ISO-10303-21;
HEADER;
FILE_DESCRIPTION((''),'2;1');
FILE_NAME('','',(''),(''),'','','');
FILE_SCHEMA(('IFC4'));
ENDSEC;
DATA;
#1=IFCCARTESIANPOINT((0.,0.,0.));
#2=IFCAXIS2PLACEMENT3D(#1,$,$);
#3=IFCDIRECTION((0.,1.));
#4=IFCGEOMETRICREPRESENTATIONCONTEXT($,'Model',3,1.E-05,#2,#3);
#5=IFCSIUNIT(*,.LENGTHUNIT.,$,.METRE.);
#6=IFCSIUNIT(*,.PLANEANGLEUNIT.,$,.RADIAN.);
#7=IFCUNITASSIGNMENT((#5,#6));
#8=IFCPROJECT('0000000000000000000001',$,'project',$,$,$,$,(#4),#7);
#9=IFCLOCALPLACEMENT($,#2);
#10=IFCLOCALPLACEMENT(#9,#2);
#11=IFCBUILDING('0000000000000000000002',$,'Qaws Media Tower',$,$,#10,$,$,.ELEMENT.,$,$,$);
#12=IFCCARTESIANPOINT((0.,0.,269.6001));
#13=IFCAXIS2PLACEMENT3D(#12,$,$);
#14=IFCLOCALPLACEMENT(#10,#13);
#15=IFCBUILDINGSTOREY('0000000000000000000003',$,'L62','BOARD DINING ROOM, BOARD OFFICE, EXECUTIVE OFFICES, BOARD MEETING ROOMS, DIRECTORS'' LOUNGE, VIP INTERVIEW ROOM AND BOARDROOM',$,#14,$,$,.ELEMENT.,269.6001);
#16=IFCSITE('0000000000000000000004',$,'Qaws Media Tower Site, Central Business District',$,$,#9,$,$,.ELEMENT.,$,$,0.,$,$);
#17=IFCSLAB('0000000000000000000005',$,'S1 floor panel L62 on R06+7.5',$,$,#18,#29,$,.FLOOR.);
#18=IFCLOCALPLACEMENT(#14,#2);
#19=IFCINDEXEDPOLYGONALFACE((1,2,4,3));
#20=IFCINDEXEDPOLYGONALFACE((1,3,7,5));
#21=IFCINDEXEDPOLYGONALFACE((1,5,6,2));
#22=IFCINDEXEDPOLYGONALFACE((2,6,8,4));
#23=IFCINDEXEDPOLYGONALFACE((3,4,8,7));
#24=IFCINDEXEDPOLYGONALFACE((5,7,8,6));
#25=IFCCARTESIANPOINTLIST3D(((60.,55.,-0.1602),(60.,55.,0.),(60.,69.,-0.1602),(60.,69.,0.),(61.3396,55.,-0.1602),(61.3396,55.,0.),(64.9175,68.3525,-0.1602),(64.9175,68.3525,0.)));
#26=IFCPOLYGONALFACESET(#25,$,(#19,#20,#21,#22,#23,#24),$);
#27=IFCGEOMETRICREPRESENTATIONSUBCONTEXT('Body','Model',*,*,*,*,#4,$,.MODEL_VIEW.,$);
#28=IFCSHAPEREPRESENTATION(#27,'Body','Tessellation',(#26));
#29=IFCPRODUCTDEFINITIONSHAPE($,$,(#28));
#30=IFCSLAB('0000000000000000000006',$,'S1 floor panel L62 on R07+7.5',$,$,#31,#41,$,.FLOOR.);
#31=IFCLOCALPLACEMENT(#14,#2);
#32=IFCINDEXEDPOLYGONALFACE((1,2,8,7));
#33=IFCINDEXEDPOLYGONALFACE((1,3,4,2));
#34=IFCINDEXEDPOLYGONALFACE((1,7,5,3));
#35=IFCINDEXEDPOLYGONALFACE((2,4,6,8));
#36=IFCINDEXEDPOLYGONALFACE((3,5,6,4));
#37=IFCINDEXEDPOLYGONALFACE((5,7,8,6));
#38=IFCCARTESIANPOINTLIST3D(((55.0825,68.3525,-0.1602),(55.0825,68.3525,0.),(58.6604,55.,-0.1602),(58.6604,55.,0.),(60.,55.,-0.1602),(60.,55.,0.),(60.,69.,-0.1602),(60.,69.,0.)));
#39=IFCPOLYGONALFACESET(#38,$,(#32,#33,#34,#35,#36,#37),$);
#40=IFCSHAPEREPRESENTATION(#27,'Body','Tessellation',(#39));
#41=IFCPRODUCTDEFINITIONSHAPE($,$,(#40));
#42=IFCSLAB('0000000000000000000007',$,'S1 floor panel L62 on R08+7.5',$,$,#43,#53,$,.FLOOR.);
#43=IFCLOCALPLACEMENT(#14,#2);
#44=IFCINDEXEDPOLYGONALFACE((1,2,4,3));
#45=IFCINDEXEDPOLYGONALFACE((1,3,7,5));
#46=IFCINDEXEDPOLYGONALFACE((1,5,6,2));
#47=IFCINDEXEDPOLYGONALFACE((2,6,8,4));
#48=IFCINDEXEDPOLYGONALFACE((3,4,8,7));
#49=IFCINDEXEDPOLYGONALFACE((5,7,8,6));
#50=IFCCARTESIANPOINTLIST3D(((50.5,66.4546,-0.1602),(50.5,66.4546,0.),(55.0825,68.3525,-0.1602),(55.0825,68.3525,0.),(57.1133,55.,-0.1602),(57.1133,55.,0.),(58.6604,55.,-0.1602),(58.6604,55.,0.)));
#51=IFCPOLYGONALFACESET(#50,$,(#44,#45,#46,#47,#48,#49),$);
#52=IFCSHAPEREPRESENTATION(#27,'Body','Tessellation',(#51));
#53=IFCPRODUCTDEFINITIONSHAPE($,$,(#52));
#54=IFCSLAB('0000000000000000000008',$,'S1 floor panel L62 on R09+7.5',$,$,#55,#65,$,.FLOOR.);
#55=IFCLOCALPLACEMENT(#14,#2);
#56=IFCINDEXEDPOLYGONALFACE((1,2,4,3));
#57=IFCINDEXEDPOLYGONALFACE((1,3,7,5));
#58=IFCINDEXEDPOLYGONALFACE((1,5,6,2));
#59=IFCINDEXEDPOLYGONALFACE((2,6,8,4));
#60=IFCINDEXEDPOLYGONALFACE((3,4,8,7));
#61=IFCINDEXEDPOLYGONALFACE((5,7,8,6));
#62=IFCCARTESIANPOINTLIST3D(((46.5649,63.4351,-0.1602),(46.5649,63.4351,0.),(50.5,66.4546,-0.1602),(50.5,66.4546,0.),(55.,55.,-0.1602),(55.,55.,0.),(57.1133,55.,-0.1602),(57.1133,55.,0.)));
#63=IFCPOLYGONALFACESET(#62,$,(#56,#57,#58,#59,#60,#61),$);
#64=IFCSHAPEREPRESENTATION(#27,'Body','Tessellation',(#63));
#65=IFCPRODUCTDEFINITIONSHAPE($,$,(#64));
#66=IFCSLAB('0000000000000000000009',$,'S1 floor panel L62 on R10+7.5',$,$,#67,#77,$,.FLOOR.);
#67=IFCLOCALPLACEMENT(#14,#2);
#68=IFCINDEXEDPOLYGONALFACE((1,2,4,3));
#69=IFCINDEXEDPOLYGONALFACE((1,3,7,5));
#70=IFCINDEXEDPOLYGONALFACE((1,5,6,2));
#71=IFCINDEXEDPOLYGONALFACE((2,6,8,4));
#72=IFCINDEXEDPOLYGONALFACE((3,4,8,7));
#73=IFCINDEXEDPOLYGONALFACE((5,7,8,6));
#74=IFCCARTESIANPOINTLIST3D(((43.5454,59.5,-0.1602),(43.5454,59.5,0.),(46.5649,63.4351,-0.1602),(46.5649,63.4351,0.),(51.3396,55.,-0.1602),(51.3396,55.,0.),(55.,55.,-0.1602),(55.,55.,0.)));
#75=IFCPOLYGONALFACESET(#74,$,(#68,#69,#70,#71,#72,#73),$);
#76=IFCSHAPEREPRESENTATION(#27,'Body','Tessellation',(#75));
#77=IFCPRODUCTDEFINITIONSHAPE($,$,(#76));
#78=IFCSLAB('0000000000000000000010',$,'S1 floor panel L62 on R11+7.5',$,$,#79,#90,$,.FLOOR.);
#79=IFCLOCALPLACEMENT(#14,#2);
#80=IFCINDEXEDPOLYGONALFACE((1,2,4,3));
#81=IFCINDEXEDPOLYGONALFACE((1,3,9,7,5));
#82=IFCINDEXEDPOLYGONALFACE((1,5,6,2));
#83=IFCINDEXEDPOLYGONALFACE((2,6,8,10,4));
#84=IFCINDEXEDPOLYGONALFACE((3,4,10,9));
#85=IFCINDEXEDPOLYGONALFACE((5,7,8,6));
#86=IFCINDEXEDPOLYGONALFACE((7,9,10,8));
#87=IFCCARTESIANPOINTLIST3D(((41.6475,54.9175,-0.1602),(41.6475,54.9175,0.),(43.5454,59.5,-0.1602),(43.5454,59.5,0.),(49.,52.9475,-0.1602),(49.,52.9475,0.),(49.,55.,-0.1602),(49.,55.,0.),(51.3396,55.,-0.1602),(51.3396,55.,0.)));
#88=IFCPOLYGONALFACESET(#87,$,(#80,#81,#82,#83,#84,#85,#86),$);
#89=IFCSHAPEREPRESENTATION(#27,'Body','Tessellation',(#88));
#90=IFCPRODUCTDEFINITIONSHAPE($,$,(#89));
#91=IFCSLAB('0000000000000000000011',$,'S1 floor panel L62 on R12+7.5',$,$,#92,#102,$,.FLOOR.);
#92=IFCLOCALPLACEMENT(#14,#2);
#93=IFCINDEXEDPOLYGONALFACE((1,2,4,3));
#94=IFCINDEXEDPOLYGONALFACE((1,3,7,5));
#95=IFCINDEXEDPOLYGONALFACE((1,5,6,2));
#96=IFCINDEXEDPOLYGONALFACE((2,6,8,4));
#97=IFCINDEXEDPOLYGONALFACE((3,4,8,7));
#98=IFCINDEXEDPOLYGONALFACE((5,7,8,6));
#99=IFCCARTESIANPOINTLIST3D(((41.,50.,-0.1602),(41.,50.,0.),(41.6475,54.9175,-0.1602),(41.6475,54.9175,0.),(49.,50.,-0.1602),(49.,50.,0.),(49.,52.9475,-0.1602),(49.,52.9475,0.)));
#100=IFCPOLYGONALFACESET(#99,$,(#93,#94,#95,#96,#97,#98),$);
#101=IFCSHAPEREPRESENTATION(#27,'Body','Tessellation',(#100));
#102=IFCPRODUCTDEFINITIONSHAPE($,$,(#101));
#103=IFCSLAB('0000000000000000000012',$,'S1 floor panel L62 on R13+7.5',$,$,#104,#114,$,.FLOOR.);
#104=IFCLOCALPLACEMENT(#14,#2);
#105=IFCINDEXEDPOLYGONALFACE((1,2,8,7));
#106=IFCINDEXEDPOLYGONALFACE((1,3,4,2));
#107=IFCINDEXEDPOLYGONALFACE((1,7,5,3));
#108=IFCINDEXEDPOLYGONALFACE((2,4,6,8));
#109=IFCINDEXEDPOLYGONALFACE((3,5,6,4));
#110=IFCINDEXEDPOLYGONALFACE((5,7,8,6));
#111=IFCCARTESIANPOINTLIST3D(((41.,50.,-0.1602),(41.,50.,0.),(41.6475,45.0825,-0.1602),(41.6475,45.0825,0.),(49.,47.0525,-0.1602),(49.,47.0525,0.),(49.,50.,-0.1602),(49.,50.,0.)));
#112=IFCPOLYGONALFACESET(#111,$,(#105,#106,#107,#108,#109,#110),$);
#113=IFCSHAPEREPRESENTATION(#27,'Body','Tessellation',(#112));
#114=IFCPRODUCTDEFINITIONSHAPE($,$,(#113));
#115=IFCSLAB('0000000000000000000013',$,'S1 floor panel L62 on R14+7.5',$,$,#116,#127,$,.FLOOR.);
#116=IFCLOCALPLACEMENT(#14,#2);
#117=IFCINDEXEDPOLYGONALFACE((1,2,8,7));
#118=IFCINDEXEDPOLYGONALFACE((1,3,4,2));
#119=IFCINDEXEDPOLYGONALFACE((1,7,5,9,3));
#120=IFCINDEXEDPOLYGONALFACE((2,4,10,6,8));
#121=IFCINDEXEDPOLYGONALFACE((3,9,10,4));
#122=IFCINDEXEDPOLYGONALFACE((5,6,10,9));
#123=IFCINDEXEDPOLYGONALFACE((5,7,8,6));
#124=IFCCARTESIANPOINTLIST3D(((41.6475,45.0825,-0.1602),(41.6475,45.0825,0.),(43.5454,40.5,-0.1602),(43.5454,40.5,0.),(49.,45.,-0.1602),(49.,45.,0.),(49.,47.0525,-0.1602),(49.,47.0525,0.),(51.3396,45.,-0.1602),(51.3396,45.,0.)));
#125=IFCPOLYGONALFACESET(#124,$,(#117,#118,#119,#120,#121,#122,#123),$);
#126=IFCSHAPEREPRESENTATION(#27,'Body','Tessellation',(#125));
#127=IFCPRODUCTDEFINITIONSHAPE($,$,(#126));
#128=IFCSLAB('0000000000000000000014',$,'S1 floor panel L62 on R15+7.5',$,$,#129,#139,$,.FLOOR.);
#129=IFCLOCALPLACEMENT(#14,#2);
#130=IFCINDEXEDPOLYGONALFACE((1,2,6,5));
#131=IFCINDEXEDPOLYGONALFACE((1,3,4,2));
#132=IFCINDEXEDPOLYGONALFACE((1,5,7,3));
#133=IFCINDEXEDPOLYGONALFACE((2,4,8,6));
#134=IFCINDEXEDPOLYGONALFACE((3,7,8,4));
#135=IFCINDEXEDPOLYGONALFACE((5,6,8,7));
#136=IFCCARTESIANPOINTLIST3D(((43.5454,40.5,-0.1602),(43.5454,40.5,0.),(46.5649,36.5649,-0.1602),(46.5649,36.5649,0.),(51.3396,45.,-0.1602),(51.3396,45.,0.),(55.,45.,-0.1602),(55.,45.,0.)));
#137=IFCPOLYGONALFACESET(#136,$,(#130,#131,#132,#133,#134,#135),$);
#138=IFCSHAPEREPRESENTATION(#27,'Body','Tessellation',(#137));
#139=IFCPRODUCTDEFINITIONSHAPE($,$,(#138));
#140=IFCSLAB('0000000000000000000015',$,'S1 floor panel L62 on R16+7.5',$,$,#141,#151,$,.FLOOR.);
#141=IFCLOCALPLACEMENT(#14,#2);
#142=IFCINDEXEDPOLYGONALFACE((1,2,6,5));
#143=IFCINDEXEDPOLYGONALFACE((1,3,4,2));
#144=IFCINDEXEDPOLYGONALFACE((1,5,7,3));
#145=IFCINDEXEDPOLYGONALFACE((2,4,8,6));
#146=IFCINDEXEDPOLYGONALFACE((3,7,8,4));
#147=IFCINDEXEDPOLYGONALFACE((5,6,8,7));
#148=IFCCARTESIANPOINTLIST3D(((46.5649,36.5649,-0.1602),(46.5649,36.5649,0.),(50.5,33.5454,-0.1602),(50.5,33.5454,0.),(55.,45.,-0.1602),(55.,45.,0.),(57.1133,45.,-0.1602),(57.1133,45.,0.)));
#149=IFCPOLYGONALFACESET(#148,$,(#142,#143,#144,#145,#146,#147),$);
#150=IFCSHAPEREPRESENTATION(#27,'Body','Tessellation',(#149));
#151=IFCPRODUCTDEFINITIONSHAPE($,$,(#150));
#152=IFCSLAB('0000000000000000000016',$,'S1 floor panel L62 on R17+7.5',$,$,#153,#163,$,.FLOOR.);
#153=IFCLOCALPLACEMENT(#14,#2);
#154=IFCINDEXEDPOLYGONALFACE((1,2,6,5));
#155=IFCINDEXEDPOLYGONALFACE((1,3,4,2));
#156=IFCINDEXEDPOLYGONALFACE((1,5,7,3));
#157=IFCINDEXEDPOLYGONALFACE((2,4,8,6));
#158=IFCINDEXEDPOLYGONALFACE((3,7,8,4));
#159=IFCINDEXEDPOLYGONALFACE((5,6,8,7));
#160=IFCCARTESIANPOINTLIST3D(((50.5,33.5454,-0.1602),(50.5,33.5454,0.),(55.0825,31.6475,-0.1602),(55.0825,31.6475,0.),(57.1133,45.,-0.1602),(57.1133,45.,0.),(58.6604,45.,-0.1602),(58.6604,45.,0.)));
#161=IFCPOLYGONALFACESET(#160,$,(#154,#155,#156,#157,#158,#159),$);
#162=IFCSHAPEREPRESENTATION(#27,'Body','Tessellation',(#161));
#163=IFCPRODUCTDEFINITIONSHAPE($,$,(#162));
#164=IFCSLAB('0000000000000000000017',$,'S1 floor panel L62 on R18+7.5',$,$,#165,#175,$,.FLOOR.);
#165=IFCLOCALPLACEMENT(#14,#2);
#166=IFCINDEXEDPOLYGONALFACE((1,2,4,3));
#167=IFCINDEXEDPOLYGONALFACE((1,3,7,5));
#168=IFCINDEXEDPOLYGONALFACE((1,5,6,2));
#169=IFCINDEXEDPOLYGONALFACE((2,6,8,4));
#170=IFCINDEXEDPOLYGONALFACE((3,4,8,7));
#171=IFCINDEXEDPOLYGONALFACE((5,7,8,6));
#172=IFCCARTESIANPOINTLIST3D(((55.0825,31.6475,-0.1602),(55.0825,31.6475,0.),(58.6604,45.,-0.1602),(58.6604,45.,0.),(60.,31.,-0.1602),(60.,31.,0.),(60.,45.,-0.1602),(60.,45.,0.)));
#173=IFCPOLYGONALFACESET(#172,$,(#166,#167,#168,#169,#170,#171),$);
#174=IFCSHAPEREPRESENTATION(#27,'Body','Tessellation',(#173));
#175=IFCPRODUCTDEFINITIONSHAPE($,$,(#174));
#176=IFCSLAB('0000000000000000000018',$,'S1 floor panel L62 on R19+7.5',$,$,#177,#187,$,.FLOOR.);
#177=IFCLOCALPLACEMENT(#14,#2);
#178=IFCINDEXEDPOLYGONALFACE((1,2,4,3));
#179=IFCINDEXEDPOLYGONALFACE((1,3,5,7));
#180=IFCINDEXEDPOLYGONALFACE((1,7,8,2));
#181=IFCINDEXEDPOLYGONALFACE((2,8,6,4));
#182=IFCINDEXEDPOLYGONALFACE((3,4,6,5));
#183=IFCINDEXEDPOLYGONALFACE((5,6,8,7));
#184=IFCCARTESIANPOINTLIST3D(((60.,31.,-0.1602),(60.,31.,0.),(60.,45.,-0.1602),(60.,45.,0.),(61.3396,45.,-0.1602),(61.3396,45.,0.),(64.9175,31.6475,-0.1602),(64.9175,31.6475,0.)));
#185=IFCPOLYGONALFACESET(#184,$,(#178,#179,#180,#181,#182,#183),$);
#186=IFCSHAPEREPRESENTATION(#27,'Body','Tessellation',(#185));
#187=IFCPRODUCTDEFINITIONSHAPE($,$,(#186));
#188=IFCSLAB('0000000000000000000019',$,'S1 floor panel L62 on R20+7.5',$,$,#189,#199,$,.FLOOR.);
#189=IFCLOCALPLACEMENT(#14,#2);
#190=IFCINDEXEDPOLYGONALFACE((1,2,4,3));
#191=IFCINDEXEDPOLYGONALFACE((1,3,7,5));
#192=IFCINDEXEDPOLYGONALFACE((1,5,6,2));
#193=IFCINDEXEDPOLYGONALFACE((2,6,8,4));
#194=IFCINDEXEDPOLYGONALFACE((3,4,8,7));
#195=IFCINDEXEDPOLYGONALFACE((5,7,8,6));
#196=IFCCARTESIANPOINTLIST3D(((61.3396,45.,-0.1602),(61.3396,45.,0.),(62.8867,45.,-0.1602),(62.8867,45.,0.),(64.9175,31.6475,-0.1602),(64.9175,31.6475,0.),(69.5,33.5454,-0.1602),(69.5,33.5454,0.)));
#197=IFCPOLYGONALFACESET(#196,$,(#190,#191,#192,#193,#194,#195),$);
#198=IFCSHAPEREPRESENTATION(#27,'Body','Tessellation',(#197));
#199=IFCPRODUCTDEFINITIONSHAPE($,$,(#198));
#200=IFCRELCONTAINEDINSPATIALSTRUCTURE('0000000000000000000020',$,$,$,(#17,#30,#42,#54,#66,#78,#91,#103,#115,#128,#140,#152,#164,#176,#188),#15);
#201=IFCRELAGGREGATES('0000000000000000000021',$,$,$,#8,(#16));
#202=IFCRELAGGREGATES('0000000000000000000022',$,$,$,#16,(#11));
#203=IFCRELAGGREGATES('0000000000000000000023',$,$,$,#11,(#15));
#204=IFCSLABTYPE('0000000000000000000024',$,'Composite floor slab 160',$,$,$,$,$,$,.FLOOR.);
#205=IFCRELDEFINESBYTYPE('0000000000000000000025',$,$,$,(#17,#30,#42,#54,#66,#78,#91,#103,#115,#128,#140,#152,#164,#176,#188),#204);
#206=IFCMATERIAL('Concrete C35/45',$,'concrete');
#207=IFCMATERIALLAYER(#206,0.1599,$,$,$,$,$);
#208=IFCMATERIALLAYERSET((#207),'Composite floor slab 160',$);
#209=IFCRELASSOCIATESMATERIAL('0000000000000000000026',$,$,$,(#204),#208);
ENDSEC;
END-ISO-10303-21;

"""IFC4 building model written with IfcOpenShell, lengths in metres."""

from ifc_helpers import new_model, si_unit, direction, frame, origin, place, context, subcontext, project, spatial, polyline, outline, extrude, material, layer, layer_set, type_object, element, save


model = new_model("IFC4")

# Units and contexts
model_context = context("Model", 3, precision=1e-05, world=origin(), true_north=direction((0.0, 1.0)))
body_context = subcontext(model_context, "Body", "Model", "MODEL_VIEW")
ifc_project = project(units=[si_unit("LENGTHUNIT", "METRE"), si_unit("PLANEANGLEUNIT", "RADIAN")], contexts=[model_context])

# Site, building, storey
site_placement = place(None, origin())
site = spatial("IfcSite", under=ifc_project, at=site_placement, Name="Qaws Media Tower Site, Central Business District", CompositionType="ELEMENT", RefElevation=0.0)
building_placement = place(site_placement, origin())
building = spatial("IfcBuilding", under=site, at=building_placement, Name="Qaws Media Tower", CompositionType="ELEMENT")
storey_placement = place(building_placement, frame((0.0, 0.0, 269.6001)))
storey = spatial("IfcBuildingStorey", under=building, at=storey_placement, Name="L62", Description="BOARD DINING ROOM, BOARD OFFICE, EXECUTIVE OFFICES, BOARD MEETING ROOMS, DIRECTORS' LOUNGE, VIP INTERVIEW ROOM AND BOARDROOM", CompositionType="ELEMENT", Elevation=269.6001)

# Slabs
ifc_material_1 = material(Name="Concrete C35/45", Category="concrete")
ifc_layer_1 = layer(ifc_material_1, 0.1599)
ifc_layer_set_1 = layer_set([ifc_layer_1], Name="Composite floor slab 160")
slab_type_1 = type_object("IfcSlabType", Name="Composite floor slab 160", PredefinedType="FLOOR", material=ifc_layer_set_1)
slab_1_placement = place(storey_placement, frame((0.0, 0.0, -0.1602)))
element("IfcSlab", 1, at=slab_1_placement, inside=storey, type_object=slab_type_1, Name="S1 floor panel L62 on R06+7.5", PredefinedType="FLOOR", context=body_context, shape_type="SweptSolid", body=[
    extrude(outline(polyline([(64.9175, 68.3525), (61.3396, 55.0), (60.0, 55.0), (60.0, 69.0), (64.9175, 68.3525)])), origin(), (0.0, 0.0, 1.0), 0.1602),
])
slab_2_placement = place(storey_placement, frame((0.0, 0.0, -0.1602)))
element("IfcSlab", 2, at=slab_2_placement, inside=storey, type_object=slab_type_1, Name="S1 floor panel L62 on R07+7.5", PredefinedType="FLOOR", context=body_context, shape_type="SweptSolid", body=[
    extrude(outline(polyline([(55.0825, 68.3525), (60.0, 69.0), (60.0, 55.0), (58.6604, 55.0), (55.0825, 68.3525)])), origin(), (0.0, 0.0, 1.0), 0.1602),
])
slab_3_placement = place(storey_placement, frame((0.0, 0.0, -0.1602)))
element("IfcSlab", 3, at=slab_3_placement, inside=storey, type_object=slab_type_1, Name="S1 floor panel L62 on R08+7.5", PredefinedType="FLOOR", context=body_context, shape_type="SweptSolid", body=[
    extrude(outline(polyline([(50.5, 66.4546), (55.0825, 68.3525), (58.6604, 55.0), (57.1133, 55.0), (50.5, 66.4546)])), origin(), (0.0, 0.0, 1.0), 0.1602),
])
slab_4_placement = place(storey_placement, frame((0.0, 0.0, -0.1602)))
element("IfcSlab", 4, at=slab_4_placement, inside=storey, type_object=slab_type_1, Name="S1 floor panel L62 on R09+7.5", PredefinedType="FLOOR", context=body_context, shape_type="SweptSolid", body=[
    extrude(outline(polyline([(50.5, 66.4546), (57.1133, 55.0), (55.0, 55.0), (46.5649, 63.4351), (50.5, 66.4546)])), origin(), (0.0, 0.0, 1.0), 0.1602),
])
slab_5_placement = place(storey_placement, frame((0.0, 0.0, -0.1602)))
element("IfcSlab", 5, at=slab_5_placement, inside=storey, type_object=slab_type_1, Name="S1 floor panel L62 on R10+7.5", PredefinedType="FLOOR", context=body_context, shape_type="SweptSolid", body=[
    extrude(outline(polyline([(46.5649, 63.4351), (55.0, 55.0), (51.3396, 55.0), (43.5454, 59.5), (46.5649, 63.4351)])), origin(), (0.0, 0.0, 1.0), 0.1602),
])
slab_6_placement = place(storey_placement, frame((0.0, 0.0, -0.1602)))
element("IfcSlab", 6, at=slab_6_placement, inside=storey, type_object=slab_type_1, Name="S1 floor panel L62 on R11+7.5", PredefinedType="FLOOR", context=body_context, shape_type="SweptSolid", body=[
    extrude(outline(polyline([(41.6475, 54.9175), (43.5454, 59.5), (51.3396, 55.0), (49.0, 55.0), (49.0, 52.9475), (41.6475, 54.9175)])), origin(), (0.0, 0.0, 1.0), 0.1602),
])
slab_7_placement = place(storey_placement, frame((0.0, 0.0, -0.1602)))
element("IfcSlab", 7, at=slab_7_placement, inside=storey, type_object=slab_type_1, Name="S1 floor panel L62 on R12+7.5", PredefinedType="FLOOR", context=body_context, shape_type="SweptSolid", body=[
    extrude(outline(polyline([(41.6475, 54.9175), (49.0, 52.9475), (49.0, 50.0), (41.0, 50.0), (41.6475, 54.9175)])), origin(), (0.0, 0.0, 1.0), 0.1602),
])
slab_8_placement = place(storey_placement, frame((0.0, 0.0, -0.1602)))
element("IfcSlab", 8, at=slab_8_placement, inside=storey, type_object=slab_type_1, Name="S1 floor panel L62 on R13+7.5", PredefinedType="FLOOR", context=body_context, shape_type="SweptSolid", body=[
    extrude(outline(polyline([(41.6475, 45.0825), (41.0, 50.0), (49.0, 50.0), (49.0, 47.0525), (41.6475, 45.0825)])), origin(), (0.0, 0.0, 1.0), 0.1602),
])
slab_9_placement = place(storey_placement, frame((0.0, 0.0, -0.1602)))
element("IfcSlab", 9, at=slab_9_placement, inside=storey, type_object=slab_type_1, Name="S1 floor panel L62 on R14+7.5", PredefinedType="FLOOR", context=body_context, shape_type="SweptSolid", body=[
    extrude(outline(polyline([(43.5454, 40.5), (41.6475, 45.0825), (49.0, 47.0525), (49.0, 45.0), (51.3396, 45.0), (43.5454, 40.5)])), origin(), (0.0, 0.0, 1.0), 0.1602),
])
slab_10_placement = place(storey_placement, frame((0.0, 0.0, -0.1602)))
element("IfcSlab", 10, at=slab_10_placement, inside=storey, type_object=slab_type_1, Name="S1 floor panel L62 on R15+7.5", PredefinedType="FLOOR", context=body_context, shape_type="SweptSolid", body=[
    extrude(outline(polyline([(43.5454, 40.5), (51.3396, 45.0), (55.0, 45.0), (46.5649, 36.5649), (43.5454, 40.5)])), origin(), (0.0, 0.0, 1.0), 0.1602),
])
slab_11_placement = place(storey_placement, frame((0.0, 0.0, -0.1602)))
element("IfcSlab", 11, at=slab_11_placement, inside=storey, type_object=slab_type_1, Name="S1 floor panel L62 on R16+7.5", PredefinedType="FLOOR", context=body_context, shape_type="SweptSolid", body=[
    extrude(outline(polyline([(46.5649, 36.5649), (55.0, 45.0), (57.1133, 45.0), (50.5, 33.5454), (46.5649, 36.5649)])), origin(), (0.0, 0.0, 1.0), 0.1602),
])
slab_12_placement = place(storey_placement, frame((0.0, 0.0, -0.1602)))
element("IfcSlab", 12, at=slab_12_placement, inside=storey, type_object=slab_type_1, Name="S1 floor panel L62 on R17+7.5", PredefinedType="FLOOR", context=body_context, shape_type="SweptSolid", body=[
    extrude(outline(polyline([(50.5, 33.5454), (57.1133, 45.0), (58.6604, 45.0), (55.0825, 31.6475), (50.5, 33.5454)])), origin(), (0.0, 0.0, 1.0), 0.1602),
])
slab_13_placement = place(storey_placement, frame((0.0, 0.0, -0.1602)))
element("IfcSlab", 13, at=slab_13_placement, inside=storey, type_object=slab_type_1, Name="S1 floor panel L62 on R18+7.5", PredefinedType="FLOOR", context=body_context, shape_type="SweptSolid", body=[
    extrude(outline(polyline([(55.0825, 31.6475), (58.6604, 45.0), (60.0, 45.0), (60.0, 31.0), (55.0825, 31.6475)])), origin(), (0.0, 0.0, 1.0), 0.1602),
])
slab_14_placement = place(storey_placement, frame((0.0, 0.0, -0.1602)))
element("IfcSlab", 14, at=slab_14_placement, inside=storey, type_object=slab_type_1, Name="S1 floor panel L62 on R19+7.5", PredefinedType="FLOOR", context=body_context, shape_type="SweptSolid", body=[
    extrude(outline(polyline([(64.9175, 31.6475), (60.0, 31.0), (60.0, 45.0), (61.3396, 45.0), (64.9175, 31.6475)])), origin(), (0.0, 0.0, 1.0), 0.1602),
])
slab_15_placement = place(storey_placement, frame((0.0, 0.0, -0.1602)))
element("IfcSlab", 15, at=slab_15_placement, inside=storey, type_object=slab_type_1, Name="S1 floor panel L62 on R20+7.5", PredefinedType="FLOOR", context=body_context, shape_type="SweptSolid", body=[
    extrude(outline(polyline([(69.5, 33.5454), (64.9175, 31.6475), (61.3396, 45.0), (62.8867, 45.0), (69.5, 33.5454)])), origin(), (0.0, 0.0, 1.0), 0.1602),
])

save(model, "model.ifc")
